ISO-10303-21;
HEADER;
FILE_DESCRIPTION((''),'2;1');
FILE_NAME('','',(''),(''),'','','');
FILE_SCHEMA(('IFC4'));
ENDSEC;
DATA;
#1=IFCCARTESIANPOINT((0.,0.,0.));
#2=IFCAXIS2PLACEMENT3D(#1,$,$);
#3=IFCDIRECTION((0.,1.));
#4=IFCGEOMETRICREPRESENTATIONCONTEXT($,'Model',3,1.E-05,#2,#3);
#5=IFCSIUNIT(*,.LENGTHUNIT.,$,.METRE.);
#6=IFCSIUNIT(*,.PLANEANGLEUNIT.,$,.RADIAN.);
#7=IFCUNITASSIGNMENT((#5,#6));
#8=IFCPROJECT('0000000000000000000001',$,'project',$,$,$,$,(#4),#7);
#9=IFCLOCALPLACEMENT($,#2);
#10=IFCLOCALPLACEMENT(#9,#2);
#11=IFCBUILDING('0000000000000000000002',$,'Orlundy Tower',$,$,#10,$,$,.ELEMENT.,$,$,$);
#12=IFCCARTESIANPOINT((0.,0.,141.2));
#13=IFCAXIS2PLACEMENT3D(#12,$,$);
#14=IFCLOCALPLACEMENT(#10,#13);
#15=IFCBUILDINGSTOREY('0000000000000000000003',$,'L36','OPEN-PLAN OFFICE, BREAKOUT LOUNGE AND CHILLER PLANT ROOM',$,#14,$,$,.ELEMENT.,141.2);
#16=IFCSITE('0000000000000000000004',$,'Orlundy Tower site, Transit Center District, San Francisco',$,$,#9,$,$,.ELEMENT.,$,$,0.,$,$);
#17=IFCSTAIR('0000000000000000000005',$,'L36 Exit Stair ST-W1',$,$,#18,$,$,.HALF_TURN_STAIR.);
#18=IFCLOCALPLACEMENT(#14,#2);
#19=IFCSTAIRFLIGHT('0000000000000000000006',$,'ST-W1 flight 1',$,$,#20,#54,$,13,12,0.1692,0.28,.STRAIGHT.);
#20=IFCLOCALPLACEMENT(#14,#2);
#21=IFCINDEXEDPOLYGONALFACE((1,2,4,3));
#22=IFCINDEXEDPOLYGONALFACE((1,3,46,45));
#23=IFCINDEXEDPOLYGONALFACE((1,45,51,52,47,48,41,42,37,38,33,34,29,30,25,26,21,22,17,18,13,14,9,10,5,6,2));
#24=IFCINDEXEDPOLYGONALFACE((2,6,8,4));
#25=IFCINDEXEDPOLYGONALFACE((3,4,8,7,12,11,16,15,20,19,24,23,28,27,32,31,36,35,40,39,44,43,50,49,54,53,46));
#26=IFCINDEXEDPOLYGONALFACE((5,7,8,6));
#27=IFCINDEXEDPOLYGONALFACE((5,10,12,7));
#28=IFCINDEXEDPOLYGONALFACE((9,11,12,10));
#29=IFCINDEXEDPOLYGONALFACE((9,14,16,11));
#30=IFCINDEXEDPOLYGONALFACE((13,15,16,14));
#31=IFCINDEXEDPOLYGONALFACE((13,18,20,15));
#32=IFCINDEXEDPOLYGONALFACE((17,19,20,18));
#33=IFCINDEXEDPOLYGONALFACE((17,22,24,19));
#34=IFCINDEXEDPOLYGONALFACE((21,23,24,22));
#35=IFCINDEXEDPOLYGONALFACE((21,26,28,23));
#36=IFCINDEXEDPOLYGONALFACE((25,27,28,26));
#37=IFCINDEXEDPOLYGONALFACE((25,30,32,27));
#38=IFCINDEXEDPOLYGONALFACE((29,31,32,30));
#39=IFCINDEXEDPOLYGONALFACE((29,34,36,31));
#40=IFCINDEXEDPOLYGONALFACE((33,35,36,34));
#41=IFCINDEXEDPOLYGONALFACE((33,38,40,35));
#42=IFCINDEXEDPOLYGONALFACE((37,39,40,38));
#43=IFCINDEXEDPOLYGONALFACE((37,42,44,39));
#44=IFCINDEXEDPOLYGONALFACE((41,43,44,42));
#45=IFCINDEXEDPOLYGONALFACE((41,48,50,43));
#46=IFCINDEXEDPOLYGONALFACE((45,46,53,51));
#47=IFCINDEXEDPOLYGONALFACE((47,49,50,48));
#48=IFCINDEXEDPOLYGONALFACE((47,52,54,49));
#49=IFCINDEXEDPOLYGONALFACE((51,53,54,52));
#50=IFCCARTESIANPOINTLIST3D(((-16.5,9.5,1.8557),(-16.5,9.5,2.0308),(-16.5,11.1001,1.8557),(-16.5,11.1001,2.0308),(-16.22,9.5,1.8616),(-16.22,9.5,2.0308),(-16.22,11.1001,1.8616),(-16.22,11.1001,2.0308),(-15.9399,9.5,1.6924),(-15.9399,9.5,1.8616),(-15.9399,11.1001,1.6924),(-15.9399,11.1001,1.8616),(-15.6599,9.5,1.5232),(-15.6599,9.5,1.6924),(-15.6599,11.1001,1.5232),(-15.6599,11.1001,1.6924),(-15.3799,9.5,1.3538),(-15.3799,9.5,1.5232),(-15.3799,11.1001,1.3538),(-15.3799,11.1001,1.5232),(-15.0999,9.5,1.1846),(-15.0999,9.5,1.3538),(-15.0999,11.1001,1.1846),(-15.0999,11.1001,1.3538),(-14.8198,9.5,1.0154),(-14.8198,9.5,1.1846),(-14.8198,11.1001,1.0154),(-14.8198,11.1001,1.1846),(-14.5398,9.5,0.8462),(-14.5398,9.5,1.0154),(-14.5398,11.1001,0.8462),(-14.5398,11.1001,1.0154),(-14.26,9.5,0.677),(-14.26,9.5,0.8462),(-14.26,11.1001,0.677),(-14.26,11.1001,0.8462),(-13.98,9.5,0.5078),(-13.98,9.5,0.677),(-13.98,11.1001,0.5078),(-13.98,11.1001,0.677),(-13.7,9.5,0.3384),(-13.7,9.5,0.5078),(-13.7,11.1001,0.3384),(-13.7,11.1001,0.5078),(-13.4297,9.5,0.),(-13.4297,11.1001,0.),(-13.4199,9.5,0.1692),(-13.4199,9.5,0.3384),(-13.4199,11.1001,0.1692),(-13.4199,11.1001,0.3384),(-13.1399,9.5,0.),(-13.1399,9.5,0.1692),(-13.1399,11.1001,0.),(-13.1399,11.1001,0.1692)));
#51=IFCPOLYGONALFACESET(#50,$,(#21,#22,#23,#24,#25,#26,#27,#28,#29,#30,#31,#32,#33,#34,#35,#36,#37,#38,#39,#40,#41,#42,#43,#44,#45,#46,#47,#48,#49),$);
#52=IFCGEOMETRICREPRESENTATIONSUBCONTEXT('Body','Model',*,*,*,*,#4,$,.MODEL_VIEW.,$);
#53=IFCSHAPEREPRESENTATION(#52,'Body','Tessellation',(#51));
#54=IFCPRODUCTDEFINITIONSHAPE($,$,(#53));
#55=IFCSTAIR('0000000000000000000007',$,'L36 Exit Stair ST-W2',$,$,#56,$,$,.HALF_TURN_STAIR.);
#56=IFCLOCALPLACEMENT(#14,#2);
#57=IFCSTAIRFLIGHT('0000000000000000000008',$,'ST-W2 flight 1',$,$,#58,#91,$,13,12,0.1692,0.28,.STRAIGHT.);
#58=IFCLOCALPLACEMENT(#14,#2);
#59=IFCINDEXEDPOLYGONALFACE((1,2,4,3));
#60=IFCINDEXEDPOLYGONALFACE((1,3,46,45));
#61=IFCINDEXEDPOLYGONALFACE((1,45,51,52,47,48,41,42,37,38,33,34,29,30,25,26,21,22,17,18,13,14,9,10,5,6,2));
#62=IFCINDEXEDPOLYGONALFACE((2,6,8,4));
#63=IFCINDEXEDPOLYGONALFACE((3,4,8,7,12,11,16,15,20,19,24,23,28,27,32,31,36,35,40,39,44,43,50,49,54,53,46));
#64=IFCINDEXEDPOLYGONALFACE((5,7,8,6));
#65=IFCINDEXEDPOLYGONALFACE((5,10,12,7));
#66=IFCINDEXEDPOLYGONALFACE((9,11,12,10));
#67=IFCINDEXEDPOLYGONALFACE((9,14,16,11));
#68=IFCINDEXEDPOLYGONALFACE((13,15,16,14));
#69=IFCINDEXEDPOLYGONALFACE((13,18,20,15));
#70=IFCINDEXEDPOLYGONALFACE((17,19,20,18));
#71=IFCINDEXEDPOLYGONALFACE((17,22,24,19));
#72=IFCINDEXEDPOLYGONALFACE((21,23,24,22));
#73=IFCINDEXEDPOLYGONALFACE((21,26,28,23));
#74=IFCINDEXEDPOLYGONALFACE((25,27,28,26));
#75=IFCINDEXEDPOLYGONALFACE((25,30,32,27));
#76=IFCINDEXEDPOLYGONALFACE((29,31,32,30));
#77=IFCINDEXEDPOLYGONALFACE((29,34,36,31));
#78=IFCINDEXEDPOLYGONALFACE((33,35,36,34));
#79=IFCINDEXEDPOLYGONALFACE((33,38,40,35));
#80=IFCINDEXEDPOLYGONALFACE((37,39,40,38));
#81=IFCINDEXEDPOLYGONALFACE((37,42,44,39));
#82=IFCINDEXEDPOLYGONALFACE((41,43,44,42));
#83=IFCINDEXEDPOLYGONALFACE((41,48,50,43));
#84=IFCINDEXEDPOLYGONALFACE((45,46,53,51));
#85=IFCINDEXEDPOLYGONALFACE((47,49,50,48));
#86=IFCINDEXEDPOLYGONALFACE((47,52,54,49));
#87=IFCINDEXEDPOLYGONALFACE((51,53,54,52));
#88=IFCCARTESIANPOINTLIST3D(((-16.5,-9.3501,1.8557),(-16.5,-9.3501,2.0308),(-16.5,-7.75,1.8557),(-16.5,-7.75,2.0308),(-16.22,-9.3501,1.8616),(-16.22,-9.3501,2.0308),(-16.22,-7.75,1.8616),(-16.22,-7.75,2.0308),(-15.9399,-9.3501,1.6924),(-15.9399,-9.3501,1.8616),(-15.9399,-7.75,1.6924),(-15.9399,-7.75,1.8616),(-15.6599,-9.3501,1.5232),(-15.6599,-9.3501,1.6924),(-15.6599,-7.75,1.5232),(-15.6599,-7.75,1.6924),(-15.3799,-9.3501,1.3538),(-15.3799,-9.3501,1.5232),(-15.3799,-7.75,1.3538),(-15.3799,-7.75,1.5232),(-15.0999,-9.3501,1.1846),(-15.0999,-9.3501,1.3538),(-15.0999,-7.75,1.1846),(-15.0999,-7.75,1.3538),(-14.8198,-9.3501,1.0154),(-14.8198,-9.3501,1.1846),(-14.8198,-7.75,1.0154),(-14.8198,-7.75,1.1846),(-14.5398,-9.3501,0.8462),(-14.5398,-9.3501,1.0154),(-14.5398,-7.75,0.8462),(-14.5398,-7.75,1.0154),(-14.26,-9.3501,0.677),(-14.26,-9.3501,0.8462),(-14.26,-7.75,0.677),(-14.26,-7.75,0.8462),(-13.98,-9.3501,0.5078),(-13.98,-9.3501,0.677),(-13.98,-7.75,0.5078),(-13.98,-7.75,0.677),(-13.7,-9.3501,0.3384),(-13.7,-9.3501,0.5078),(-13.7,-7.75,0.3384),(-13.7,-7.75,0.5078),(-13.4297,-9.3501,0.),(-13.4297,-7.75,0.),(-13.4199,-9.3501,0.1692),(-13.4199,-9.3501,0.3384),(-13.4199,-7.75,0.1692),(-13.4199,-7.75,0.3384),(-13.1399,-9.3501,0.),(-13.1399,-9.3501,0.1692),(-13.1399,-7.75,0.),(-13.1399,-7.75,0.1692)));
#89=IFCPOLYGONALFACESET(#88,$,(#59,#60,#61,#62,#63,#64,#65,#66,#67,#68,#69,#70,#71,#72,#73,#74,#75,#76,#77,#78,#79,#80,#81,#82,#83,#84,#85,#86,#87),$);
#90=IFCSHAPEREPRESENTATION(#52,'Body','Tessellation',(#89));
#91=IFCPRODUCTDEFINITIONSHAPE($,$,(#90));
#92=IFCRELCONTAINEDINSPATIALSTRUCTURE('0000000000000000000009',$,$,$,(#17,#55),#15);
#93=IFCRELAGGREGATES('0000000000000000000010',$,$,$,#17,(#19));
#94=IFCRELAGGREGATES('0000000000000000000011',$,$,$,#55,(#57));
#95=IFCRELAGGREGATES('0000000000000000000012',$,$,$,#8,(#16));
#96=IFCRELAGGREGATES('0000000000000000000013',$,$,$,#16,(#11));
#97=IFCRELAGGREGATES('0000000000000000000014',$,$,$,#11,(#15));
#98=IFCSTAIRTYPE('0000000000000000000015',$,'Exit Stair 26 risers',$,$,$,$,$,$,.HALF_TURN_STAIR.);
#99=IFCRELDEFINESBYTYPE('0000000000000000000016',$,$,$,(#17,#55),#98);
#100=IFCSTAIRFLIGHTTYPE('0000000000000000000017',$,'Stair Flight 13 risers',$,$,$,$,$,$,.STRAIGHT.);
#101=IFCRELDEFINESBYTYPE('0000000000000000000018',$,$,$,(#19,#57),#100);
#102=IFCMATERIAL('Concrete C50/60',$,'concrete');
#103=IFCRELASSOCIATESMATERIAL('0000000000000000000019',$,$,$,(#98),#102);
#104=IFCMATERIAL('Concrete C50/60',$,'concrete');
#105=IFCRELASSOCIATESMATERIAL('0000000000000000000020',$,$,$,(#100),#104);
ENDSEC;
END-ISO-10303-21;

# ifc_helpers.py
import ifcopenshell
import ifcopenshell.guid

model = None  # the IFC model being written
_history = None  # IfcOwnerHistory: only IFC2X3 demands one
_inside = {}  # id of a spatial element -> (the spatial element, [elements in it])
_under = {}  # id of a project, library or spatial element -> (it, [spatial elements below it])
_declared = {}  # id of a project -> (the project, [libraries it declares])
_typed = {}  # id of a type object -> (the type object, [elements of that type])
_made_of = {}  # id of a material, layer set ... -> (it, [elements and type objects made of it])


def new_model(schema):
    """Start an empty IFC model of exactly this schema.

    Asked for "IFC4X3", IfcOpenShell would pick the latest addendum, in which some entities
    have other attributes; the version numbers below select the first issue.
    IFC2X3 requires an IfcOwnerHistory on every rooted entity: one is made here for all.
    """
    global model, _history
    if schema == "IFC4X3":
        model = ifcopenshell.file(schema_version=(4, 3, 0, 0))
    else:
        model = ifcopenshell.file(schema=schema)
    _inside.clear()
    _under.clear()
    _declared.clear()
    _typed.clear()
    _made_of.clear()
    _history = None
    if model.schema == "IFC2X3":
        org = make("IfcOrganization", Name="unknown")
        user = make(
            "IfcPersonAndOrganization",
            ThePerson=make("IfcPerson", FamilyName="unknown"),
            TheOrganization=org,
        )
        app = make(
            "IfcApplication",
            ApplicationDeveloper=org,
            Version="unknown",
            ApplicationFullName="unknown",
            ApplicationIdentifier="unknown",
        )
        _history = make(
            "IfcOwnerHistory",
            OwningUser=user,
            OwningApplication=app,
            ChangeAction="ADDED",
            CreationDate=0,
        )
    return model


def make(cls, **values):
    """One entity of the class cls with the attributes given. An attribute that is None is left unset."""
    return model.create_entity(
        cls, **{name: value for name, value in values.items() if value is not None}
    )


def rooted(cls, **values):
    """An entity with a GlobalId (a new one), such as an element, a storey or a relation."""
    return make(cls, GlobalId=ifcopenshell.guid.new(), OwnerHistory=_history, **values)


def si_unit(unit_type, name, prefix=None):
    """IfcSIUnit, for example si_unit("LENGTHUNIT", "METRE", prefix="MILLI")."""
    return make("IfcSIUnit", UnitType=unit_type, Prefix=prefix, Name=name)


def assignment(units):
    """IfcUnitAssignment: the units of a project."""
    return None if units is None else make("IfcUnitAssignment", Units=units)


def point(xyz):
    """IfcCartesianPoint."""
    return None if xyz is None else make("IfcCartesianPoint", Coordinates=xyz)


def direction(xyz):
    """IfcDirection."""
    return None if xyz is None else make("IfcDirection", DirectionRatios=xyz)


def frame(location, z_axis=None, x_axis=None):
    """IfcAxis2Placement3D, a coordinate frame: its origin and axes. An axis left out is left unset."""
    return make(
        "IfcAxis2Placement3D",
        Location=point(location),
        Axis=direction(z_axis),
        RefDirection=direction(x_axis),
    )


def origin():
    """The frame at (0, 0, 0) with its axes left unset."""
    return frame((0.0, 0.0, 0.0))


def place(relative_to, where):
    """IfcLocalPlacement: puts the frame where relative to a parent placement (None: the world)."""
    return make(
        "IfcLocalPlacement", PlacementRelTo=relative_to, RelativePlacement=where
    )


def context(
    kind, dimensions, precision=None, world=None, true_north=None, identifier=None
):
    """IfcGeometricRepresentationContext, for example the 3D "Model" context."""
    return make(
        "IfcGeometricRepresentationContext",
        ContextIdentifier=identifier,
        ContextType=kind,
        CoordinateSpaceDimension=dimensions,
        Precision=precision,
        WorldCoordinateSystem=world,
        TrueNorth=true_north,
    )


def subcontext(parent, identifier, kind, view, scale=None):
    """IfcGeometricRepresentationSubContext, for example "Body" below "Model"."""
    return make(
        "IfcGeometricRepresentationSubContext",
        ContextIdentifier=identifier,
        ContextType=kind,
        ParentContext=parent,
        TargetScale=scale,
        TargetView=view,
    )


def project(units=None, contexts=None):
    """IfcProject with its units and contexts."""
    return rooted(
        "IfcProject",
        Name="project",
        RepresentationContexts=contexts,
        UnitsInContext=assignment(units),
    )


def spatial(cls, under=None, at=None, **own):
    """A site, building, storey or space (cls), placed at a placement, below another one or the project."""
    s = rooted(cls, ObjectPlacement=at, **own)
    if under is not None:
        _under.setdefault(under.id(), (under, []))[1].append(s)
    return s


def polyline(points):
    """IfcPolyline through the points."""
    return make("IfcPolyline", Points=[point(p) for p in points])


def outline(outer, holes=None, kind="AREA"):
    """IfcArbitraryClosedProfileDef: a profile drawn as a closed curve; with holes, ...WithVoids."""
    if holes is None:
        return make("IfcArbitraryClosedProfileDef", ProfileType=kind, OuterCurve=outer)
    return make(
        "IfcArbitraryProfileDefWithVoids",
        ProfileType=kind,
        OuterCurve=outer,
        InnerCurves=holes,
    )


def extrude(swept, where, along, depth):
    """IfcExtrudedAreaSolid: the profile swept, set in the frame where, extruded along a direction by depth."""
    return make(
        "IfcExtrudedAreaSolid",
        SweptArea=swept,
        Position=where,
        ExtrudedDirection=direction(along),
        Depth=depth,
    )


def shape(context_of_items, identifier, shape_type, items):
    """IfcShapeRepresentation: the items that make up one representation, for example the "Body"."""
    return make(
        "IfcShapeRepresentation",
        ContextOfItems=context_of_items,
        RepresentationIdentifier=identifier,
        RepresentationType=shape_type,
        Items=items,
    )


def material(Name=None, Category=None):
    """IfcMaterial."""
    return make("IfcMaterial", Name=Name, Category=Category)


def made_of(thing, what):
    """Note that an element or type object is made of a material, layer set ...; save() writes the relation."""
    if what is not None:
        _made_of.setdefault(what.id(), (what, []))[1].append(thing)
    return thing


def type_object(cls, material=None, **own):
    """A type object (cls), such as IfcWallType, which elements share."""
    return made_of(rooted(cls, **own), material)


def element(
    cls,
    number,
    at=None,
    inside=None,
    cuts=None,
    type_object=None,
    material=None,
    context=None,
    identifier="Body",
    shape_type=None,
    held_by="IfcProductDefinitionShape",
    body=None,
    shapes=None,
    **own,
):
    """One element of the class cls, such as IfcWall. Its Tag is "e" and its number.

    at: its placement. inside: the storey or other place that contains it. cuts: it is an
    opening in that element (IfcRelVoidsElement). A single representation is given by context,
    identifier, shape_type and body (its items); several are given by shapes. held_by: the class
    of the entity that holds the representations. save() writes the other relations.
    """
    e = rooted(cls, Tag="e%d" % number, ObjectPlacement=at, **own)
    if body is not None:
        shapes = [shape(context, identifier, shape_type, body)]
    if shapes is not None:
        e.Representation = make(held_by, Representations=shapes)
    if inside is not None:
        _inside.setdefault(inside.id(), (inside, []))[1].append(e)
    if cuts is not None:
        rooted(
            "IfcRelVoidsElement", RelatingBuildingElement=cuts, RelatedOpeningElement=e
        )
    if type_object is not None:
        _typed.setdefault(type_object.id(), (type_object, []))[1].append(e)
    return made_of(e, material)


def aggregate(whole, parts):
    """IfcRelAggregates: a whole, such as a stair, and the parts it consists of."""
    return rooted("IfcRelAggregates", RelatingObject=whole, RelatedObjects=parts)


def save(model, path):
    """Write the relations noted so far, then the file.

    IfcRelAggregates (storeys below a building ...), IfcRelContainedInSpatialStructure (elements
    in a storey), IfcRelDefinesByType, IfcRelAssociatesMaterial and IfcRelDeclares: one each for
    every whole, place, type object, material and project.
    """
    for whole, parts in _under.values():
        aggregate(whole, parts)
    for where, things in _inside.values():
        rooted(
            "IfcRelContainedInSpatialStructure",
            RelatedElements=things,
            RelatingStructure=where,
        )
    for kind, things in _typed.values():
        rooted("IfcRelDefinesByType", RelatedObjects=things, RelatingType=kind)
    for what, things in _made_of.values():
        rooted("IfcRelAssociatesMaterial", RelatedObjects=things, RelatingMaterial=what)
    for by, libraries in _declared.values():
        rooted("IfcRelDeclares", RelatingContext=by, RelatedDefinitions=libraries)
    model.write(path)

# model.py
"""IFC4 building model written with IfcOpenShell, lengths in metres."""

from ifc_helpers import new_model, si_unit, direction, frame, origin, place, context, subcontext, project, spatial, polyline, outline, extrude, material, type_object, element, aggregate, save


model = new_model("IFC4")

# Units and contexts
model_context = context("Model", 3, precision=1e-05, world=origin(), true_north=direction((0.0, 1.0)))
body_context = subcontext(model_context, "Body", "Model", "MODEL_VIEW")
ifc_project = project(units=[si_unit("LENGTHUNIT", "METRE"), si_unit("PLANEANGLEUNIT", "RADIAN")], contexts=[model_context])

# Site, building, storey
site_placement = place(None, origin())
site = spatial("IfcSite", under=ifc_project, at=site_placement, Name="Orlundy Tower site, Transit Center District, San Francisco", CompositionType="ELEMENT", RefElevation=0.0)
building_placement = place(site_placement, origin())
building = spatial("IfcBuilding", under=site, at=building_placement, Name="Orlundy Tower", CompositionType="ELEMENT")
storey_placement = place(building_placement, frame((0.0, 0.0, 141.2)))
storey = spatial("IfcBuildingStorey", under=building, at=storey_placement, Name="L36", Description="OPEN-PLAN OFFICE, BREAKOUT LOUNGE AND CHILLER PLANT ROOM", CompositionType="ELEMENT", Elevation=141.2)

# Stairs, stair flights
ifc_material_1 = material(Name="Concrete C50/60", Category="concrete")
stair_type = type_object("IfcStairType", Name="Exit Stair 26 risers", PredefinedType="HALF_TURN_STAIR", material=ifc_material_1)
stair_1_placement = place(storey_placement, origin())
stair_1 = element("IfcStair", 1, at=stair_1_placement, inside=storey, type_object=stair_type, Name="L36 Exit Stair ST-W1", PredefinedType="HALF_TURN_STAIR")
ifc_material_2 = material(Name="Concrete C50/60", Category="concrete")
stair_flight_type = type_object("IfcStairFlightType", Name="Stair Flight 13 risers", PredefinedType="STRAIGHT", material=ifc_material_2)
stair_flight_1_placement = place(storey_placement, frame((-13.1399, 10.3, 0.0), z_axis=(0.0, 0.0, 1.0), x_axis=(-1.0, 0.0, 0.0)))
stair_flight_1 = element("IfcStairFlight", 2, at=stair_flight_1_placement, type_object=stair_flight_type, Name="ST-W1 flight 1", NumberOfRisers=13, NumberOfTreads=12, PredefinedType="STRAIGHT", RiserHeight=0.1692, TreadLength=0.28, context=body_context, shape_type="SweptSolid", body=[
    extrude(outline(polyline([(0.0, 0.0), (0.0, 0.1692), (0.28, 0.1692), (0.28, 0.3384), (0.5601, 0.3384), (0.5601, 0.5078), (0.8401, 0.5078), (0.8401, 0.677), (1.1201, 0.677), (1.1201, 0.8462), (1.3999, 0.8462), (1.3999, 1.0154), (1.6799, 1.0154), (1.6799, 1.1846), (1.96, 1.1846), (1.96, 1.3538), (2.24, 1.3538), (2.24, 1.5232), (2.52, 1.5232), (2.52, 1.6924), (2.8, 1.6924), (2.8, 1.8616), (3.0801, 1.8616), (3.0801, 2.0308), (3.3601, 2.0308), (3.3601, 2.2), (3.3601, 1.8557), (0.2898, 0.0), (0.0, 0.0)])), frame((0.0, 0.8, 0.0), z_axis=(0.0, -1.0, 0.0), x_axis=(1.0, 0.0, 0.0)), (0.0, 0.0, 1.0), 1.6001),
])
aggregate(stair_1, [stair_flight_1])
stair_2_placement = place(storey_placement, origin())
stair_2 = element("IfcStair", 3, at=stair_2_placement, inside=storey, type_object=stair_type, Name="L36 Exit Stair ST-W2", PredefinedType="HALF_TURN_STAIR")
stair_flight_2_placement = place(storey_placement, frame((-13.1399, -8.55, 0.0), z_axis=(0.0, 0.0, 1.0), x_axis=(-1.0, 0.0, 0.0)))
stair_flight_2 = element("IfcStairFlight", 4, at=stair_flight_2_placement, type_object=stair_flight_type, Name="ST-W2 flight 1", NumberOfRisers=13, NumberOfTreads=12, PredefinedType="STRAIGHT", RiserHeight=0.1692, TreadLength=0.28, context=body_context, shape_type="SweptSolid", body=[
    extrude(outline(polyline([(0.0, 0.0), (0.0, 0.1692), (0.28, 0.1692), (0.28, 0.3384), (0.5601, 0.3384), (0.5601, 0.5078), (0.8401, 0.5078), (0.8401, 0.677), (1.1201, 0.677), (1.1201, 0.8462), (1.3999, 0.8462), (1.3999, 1.0154), (1.6799, 1.0154), (1.6799, 1.1846), (1.96, 1.1846), (1.96, 1.3538), (2.24, 1.3538), (2.24, 1.5232), (2.52, 1.5232), (2.52, 1.6924), (2.8, 1.6924), (2.8, 1.8616), (3.0801, 1.8616), (3.0801, 2.0308), (3.3601, 2.0308), (3.3601, 2.2), (3.3601, 1.8557), (0.2898, 0.0), (0.0, 0.0)])), frame((0.0, 0.8, 0.0), z_axis=(0.0, -1.0, 0.0), x_axis=(1.0, 0.0, 0.0)), (0.0, 0.0, 1.0), 1.6001),
])
aggregate(stair_2, [stair_flight_2])

save(model, "model.ifc")
